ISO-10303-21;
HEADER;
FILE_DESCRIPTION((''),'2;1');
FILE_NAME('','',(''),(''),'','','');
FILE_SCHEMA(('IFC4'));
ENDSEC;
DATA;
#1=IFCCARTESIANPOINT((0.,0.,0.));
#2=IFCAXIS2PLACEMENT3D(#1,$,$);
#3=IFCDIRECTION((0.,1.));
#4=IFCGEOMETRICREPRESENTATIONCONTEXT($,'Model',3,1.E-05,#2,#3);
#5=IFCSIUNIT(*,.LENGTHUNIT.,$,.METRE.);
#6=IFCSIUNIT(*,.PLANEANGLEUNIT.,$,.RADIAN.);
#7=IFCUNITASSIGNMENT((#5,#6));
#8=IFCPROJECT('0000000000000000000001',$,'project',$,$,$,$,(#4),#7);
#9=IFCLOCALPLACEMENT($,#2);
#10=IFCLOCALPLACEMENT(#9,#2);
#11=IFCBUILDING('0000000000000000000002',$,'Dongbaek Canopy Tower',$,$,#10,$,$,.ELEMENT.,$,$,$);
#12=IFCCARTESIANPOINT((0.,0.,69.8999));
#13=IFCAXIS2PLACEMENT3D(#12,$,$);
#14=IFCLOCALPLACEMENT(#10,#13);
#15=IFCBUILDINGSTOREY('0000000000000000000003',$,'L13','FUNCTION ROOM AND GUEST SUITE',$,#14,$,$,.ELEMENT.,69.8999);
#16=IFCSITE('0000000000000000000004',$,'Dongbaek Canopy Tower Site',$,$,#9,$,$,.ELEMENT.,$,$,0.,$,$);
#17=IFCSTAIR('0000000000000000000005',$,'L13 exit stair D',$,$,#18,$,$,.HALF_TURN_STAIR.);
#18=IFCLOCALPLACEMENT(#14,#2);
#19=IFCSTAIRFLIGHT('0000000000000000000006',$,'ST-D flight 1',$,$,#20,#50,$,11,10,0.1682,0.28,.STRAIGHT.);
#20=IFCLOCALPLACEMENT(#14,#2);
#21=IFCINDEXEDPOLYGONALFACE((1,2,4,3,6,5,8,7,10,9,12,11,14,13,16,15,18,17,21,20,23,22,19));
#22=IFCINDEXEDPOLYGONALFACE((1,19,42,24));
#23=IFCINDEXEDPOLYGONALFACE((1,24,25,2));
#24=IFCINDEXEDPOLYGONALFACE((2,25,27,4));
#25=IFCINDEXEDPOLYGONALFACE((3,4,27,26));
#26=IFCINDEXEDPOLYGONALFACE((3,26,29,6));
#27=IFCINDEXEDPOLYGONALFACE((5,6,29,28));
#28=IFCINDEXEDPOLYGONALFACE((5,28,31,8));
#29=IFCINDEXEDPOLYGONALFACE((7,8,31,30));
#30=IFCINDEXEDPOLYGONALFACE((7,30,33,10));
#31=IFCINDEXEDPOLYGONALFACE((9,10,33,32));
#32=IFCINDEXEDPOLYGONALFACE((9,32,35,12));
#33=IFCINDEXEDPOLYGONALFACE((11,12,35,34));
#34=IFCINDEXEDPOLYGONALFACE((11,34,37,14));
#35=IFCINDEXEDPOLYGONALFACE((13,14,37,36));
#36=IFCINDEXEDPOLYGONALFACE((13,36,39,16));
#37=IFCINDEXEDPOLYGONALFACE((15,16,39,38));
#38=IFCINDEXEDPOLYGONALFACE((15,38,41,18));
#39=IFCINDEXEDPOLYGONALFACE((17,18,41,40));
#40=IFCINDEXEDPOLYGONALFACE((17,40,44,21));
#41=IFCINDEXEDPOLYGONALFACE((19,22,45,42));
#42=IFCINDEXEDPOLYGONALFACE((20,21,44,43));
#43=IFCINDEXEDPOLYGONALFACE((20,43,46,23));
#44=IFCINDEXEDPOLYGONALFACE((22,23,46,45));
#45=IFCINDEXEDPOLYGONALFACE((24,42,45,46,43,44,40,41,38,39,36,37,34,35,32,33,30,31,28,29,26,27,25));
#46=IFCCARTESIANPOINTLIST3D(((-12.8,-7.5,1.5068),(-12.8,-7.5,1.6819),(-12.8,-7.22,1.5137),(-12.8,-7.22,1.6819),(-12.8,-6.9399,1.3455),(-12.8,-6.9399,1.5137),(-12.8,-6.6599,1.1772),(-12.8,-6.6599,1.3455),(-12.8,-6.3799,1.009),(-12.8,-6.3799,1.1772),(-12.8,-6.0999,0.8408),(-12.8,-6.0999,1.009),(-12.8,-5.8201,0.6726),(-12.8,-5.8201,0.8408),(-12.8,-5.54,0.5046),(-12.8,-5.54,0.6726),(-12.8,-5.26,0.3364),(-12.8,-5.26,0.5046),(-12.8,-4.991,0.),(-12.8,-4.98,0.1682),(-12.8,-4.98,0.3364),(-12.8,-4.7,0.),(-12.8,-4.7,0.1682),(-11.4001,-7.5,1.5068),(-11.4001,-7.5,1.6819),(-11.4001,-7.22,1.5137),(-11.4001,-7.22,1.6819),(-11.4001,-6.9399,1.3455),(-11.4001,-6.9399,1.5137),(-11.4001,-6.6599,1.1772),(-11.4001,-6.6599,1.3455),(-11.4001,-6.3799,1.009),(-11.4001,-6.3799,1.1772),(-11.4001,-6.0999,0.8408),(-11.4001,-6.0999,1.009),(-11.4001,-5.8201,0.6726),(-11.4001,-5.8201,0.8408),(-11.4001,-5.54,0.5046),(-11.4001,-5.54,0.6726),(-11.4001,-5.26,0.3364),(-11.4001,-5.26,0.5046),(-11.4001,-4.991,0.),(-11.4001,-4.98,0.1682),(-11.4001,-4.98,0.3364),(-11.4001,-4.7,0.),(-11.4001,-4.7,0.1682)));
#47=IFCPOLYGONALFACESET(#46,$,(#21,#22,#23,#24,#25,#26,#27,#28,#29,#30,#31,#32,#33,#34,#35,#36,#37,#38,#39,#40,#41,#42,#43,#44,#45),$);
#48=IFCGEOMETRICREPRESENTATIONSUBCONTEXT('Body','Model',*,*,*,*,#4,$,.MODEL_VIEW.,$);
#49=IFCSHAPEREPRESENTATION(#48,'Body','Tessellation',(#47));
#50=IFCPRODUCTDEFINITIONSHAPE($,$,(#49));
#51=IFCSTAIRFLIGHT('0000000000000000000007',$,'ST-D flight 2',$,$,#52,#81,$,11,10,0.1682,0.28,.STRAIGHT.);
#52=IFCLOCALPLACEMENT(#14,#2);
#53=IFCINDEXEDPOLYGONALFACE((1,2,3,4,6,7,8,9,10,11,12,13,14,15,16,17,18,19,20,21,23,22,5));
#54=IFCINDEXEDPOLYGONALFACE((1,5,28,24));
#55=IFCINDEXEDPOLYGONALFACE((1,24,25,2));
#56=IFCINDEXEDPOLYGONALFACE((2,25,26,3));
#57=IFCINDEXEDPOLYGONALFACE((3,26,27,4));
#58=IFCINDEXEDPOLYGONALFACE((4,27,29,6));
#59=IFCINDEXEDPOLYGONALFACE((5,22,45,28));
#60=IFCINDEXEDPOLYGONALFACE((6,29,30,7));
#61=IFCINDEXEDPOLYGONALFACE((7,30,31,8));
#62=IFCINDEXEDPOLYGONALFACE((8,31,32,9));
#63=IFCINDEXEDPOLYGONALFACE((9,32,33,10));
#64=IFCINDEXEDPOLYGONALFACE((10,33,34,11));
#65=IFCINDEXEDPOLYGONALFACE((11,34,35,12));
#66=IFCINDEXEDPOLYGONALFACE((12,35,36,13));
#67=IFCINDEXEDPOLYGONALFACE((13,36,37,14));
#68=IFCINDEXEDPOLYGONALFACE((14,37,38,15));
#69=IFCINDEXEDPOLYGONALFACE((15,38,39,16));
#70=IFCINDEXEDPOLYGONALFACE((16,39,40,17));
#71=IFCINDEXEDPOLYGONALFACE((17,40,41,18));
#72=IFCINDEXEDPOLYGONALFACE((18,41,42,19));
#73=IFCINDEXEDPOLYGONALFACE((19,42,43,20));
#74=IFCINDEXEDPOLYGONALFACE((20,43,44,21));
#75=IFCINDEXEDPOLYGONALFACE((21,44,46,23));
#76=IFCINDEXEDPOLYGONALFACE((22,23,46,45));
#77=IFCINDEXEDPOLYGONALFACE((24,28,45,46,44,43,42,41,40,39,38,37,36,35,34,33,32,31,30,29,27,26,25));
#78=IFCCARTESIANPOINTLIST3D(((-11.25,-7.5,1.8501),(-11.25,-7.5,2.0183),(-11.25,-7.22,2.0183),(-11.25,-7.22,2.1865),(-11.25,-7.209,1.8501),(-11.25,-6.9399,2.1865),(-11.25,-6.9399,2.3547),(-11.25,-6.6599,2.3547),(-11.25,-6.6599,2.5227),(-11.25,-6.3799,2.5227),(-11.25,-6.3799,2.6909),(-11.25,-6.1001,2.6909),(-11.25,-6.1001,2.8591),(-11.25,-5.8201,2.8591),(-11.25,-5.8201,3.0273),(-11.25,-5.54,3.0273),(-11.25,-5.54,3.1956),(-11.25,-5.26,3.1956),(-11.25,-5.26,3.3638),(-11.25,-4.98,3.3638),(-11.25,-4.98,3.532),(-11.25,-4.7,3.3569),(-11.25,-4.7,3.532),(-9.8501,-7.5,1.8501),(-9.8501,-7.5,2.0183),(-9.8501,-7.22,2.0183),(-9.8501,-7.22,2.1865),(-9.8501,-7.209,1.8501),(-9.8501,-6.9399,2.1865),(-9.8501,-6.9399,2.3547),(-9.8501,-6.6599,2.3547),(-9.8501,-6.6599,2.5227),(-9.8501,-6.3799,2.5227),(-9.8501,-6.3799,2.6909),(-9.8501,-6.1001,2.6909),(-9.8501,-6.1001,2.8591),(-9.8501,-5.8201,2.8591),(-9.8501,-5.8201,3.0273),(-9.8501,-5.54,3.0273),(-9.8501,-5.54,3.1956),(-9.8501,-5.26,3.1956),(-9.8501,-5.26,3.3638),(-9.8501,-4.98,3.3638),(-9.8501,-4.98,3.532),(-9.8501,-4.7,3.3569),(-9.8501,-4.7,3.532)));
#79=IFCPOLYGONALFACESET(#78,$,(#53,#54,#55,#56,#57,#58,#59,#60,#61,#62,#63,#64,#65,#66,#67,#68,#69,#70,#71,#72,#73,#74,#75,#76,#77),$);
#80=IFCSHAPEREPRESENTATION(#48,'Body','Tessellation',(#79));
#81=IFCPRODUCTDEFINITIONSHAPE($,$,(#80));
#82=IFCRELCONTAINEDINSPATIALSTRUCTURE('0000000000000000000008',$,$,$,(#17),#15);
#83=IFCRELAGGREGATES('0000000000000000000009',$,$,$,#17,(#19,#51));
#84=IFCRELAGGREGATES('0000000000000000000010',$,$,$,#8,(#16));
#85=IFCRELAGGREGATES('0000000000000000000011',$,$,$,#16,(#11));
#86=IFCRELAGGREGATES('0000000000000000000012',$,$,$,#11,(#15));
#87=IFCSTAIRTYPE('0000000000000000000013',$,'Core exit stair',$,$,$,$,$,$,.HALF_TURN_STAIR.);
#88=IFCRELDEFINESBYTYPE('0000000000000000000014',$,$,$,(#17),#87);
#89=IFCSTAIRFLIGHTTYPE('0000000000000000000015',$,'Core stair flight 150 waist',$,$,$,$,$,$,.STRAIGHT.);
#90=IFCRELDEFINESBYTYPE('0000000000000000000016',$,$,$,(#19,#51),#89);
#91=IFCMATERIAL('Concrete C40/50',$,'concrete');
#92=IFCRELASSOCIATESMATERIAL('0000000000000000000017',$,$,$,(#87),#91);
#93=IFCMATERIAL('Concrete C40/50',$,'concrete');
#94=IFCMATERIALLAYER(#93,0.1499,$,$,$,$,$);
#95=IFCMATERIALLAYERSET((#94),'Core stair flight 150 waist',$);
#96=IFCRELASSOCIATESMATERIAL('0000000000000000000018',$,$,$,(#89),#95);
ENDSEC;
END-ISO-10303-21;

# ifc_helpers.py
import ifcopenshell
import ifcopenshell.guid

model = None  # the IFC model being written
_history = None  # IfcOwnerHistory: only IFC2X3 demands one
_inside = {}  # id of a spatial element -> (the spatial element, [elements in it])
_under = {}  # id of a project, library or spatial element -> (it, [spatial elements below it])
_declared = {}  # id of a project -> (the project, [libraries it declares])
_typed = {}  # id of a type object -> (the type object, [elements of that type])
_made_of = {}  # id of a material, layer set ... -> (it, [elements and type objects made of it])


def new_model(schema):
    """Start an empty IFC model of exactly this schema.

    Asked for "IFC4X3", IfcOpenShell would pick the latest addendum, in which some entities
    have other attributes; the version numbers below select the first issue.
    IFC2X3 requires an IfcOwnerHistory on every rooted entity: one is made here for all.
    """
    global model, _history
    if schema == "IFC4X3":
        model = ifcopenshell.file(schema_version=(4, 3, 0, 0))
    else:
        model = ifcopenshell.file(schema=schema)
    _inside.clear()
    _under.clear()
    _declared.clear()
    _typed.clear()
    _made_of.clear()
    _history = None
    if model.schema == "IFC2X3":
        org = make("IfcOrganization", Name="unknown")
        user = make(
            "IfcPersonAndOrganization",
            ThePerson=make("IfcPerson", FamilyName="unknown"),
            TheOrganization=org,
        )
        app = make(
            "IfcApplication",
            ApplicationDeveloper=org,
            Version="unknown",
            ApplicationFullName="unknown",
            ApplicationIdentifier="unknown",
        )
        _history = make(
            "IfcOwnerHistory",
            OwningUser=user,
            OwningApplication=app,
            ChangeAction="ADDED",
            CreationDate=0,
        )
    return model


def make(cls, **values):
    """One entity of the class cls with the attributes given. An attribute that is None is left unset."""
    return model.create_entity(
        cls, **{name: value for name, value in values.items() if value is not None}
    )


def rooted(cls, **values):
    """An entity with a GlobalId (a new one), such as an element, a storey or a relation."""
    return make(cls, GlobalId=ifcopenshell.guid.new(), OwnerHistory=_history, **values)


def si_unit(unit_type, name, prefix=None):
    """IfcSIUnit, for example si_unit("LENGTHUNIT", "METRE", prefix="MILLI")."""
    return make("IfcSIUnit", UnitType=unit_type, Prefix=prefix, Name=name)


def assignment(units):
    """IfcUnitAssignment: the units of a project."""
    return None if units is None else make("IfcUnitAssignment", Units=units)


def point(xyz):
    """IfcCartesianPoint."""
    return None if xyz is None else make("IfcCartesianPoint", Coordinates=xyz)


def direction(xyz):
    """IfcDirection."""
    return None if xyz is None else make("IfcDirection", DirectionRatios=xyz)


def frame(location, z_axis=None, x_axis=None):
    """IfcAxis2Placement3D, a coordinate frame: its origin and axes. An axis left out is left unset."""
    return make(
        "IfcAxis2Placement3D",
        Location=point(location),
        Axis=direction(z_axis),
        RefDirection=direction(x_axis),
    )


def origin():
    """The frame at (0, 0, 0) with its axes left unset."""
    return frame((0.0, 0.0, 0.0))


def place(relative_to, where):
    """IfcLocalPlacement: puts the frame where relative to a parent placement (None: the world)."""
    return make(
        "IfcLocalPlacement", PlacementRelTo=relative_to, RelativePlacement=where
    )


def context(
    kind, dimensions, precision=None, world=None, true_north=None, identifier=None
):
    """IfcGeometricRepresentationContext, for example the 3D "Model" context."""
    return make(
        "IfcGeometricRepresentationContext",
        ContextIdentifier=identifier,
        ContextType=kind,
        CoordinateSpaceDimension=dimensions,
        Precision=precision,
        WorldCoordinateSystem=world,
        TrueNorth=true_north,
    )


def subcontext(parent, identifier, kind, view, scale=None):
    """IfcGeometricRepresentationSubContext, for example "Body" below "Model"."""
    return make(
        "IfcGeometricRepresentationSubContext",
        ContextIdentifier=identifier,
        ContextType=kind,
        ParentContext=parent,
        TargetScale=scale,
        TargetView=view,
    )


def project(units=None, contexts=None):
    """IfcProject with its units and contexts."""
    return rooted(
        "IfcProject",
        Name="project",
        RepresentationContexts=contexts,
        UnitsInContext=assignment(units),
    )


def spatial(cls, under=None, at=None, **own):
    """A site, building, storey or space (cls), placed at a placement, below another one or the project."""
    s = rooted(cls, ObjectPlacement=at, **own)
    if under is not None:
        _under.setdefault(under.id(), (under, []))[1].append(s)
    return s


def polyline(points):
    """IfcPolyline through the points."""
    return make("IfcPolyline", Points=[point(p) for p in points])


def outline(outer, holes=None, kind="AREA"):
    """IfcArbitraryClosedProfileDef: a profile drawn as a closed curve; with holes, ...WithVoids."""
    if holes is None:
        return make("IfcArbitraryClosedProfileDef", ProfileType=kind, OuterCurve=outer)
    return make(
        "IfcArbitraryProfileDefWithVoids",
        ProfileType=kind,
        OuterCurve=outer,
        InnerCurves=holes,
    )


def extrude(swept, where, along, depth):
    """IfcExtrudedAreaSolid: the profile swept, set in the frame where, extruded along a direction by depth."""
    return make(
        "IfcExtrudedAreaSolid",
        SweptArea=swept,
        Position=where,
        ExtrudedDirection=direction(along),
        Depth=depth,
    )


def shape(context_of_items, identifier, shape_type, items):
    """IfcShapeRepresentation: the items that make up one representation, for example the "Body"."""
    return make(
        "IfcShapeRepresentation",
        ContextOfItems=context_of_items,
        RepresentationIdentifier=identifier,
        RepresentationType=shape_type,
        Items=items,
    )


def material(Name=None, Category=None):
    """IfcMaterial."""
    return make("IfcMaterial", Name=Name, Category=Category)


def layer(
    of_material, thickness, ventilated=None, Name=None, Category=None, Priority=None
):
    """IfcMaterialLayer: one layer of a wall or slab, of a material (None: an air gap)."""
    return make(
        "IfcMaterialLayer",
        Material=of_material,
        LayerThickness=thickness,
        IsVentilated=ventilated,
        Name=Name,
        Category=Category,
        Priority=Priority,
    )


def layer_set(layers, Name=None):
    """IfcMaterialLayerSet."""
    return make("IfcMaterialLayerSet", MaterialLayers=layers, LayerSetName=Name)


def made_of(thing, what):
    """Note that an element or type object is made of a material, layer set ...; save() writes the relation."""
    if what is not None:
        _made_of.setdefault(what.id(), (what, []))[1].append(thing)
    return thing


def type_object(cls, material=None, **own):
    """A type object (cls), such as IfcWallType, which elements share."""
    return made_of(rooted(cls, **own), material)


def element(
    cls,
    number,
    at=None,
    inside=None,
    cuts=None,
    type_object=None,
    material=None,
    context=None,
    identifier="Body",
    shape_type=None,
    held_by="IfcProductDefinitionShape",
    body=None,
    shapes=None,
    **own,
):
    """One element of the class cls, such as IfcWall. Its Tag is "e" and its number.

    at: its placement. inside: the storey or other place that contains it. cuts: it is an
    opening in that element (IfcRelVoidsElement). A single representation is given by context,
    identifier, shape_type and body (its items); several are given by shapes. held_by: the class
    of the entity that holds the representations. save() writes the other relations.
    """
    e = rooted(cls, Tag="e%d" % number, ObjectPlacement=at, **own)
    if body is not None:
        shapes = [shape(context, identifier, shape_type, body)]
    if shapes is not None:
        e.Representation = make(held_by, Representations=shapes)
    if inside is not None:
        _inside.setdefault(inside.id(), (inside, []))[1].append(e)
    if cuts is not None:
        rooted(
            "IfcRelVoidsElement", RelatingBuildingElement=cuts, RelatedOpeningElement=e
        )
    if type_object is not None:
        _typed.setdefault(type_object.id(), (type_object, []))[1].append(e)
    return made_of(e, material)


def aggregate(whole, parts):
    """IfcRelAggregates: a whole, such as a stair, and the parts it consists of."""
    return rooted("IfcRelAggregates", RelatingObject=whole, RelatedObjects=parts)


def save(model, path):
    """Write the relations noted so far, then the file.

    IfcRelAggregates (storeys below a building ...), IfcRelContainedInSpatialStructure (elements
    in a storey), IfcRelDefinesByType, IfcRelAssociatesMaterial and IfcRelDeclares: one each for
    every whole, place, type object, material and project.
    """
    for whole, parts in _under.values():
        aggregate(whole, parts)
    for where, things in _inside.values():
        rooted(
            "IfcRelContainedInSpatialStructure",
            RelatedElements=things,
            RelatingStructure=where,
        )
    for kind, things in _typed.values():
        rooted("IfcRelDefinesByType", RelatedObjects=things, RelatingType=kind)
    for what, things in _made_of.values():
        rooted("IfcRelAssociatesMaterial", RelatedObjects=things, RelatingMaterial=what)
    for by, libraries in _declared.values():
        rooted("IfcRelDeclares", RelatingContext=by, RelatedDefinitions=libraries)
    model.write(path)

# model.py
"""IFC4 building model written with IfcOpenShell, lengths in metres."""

from ifc_helpers import new_model, si_unit, direction, frame, origin, place, context, subcontext, project, spatial, polyline, outline, extrude, material, layer, layer_set, type_object, element, aggregate, save


model = new_model("IFC4")

# Units and contexts
model_context = context("Model", 3, precision=1e-05, world=origin(), true_north=direction((0.0, 1.0)))
body_context = subcontext(model_context, "Body", "Model", "MODEL_VIEW")
ifc_project = project(units=[si_unit("LENGTHUNIT", "METRE"), si_unit("PLANEANGLEUNIT", "RADIAN")], contexts=[model_context])

# Site, building, storey
site_placement = place(None, origin())
site = spatial("IfcSite", under=ifc_project, at=site_placement, Name="Dongbaek Canopy Tower Site", CompositionType="ELEMENT", RefElevation=0.0)
building_placement = place(site_placement, origin())
building = spatial("IfcBuilding", under=site, at=building_placement, Name="Dongbaek Canopy Tower", CompositionType="ELEMENT")
storey_placement = place(building_placement, frame((0.0, 0.0, 69.8999)))
storey = spatial("IfcBuildingStorey", under=building, at=storey_placement, Name="L13", Description="FUNCTION ROOM AND GUEST SUITE", CompositionType="ELEMENT", Elevation=69.8999)

# Stair, stair flights
ifc_material_1 = material(Name="Concrete C40/50", Category="concrete")
stair_type = type_object("IfcStairType", Name="Core exit stair", PredefinedType="HALF_TURN_STAIR", material=ifc_material_1)
stair_placement = place(storey_placement, origin())
stair = element("IfcStair", 1, at=stair_placement, inside=storey, type_object=stair_type, Name="L13 exit stair D", PredefinedType="HALF_TURN_STAIR")
ifc_material_2 = material(Name="Concrete C40/50", Category="concrete")
ifc_layer_1 = layer(ifc_material_2, 0.1499)
ifc_layer_set_1 = layer_set([ifc_layer_1], Name="Core stair flight 150 waist")
stair_flight_type = type_object("IfcStairFlightType", Name="Core stair flight 150 waist", PredefinedType="STRAIGHT", material=ifc_layer_set_1)
stair_flight_1_placement = place(storey_placement, frame((-12.1001, -4.7, 0.0), z_axis=(0.0, 0.0, 1.0), x_axis=(0.0, -1.0, 0.0)))
stair_flight_1 = element("IfcStairFlight", 2, at=stair_flight_1_placement, type_object=stair_flight_type, Name="ST-D flight 1", NumberOfRisers=11, NumberOfTreads=10, PredefinedType="STRAIGHT", RiserHeight=0.1682, TreadLength=0.28, context=body_context, shape_type="SweptSolid", body=[
    extrude(outline(polyline([(0.0, 0.0), (0.0, 0.1682), (0.28, 0.1682), (0.28, 0.3364), (0.5601, 0.3364), (0.5601, 0.5046), (0.8401, 0.5046), (0.8401, 0.6726), (1.1201, 0.6726), (1.1201, 0.8408), (1.3999, 0.8408), (1.3999, 1.009), (1.6799, 1.009), (1.6799, 1.1772), (1.96, 1.1772), (1.96, 1.3455), (2.24, 1.3455), (2.24, 1.5137), (2.52, 1.5137), (2.52, 1.6819), (2.8, 1.6819), (2.8, 1.8501), (2.8, 1.5068), (0.291, 0.0), (0.0, 0.0)])), frame((0.0, 0.7, 0.0), z_axis=(0.0, -1.0, 0.0), x_axis=(1.0, 0.0, 0.0)), (0.0, 0.0, 1.0), 1.3999),
])
stair_flight_2_placement = place(storey_placement, frame((-10.55, -7.5, 1.8501), z_axis=(0.0, 0.0, 1.0), x_axis=(0.0, 1.0, 0.0)))
stair_flight_2 = element("IfcStairFlight", 3, at=stair_flight_2_placement, type_object=stair_flight_type, Name="ST-D flight 2", NumberOfRisers=11, NumberOfTreads=10, PredefinedType="STRAIGHT", RiserHeight=0.1682, TreadLength=0.28, context=body_context, shape_type="SweptSolid", body=[
    extrude(outline(polyline([(0.0, 0.0), (0.0, 0.1682), (0.28, 0.1682), (0.28, 0.3364), (0.5601, 0.3364), (0.5601, 0.5046), (0.8401, 0.5046), (0.8401, 0.6726), (1.1201, 0.6726), (1.1201, 0.8408), (1.3999, 0.8408), (1.3999, 1.009), (1.6799, 1.009), (1.6799, 1.1772), (1.96, 1.1772), (1.96, 1.3455), (2.24, 1.3455), (2.24, 1.5137), (2.52, 1.5137), (2.52, 1.6819), (2.8, 1.6819), (2.8, 1.8501), (2.8, 1.5068), (0.291, 0.0), (0.0, 0.0)])), frame((0.0, 0.7, 0.0), z_axis=(0.0, -1.0, 0.0), x_axis=(1.0, 0.0, 0.0)), (0.0, 0.0, 1.0), 1.3999),
])
aggregate(stair, [stair_flight_1, stair_flight_2])

save(model, "model.ifc")
